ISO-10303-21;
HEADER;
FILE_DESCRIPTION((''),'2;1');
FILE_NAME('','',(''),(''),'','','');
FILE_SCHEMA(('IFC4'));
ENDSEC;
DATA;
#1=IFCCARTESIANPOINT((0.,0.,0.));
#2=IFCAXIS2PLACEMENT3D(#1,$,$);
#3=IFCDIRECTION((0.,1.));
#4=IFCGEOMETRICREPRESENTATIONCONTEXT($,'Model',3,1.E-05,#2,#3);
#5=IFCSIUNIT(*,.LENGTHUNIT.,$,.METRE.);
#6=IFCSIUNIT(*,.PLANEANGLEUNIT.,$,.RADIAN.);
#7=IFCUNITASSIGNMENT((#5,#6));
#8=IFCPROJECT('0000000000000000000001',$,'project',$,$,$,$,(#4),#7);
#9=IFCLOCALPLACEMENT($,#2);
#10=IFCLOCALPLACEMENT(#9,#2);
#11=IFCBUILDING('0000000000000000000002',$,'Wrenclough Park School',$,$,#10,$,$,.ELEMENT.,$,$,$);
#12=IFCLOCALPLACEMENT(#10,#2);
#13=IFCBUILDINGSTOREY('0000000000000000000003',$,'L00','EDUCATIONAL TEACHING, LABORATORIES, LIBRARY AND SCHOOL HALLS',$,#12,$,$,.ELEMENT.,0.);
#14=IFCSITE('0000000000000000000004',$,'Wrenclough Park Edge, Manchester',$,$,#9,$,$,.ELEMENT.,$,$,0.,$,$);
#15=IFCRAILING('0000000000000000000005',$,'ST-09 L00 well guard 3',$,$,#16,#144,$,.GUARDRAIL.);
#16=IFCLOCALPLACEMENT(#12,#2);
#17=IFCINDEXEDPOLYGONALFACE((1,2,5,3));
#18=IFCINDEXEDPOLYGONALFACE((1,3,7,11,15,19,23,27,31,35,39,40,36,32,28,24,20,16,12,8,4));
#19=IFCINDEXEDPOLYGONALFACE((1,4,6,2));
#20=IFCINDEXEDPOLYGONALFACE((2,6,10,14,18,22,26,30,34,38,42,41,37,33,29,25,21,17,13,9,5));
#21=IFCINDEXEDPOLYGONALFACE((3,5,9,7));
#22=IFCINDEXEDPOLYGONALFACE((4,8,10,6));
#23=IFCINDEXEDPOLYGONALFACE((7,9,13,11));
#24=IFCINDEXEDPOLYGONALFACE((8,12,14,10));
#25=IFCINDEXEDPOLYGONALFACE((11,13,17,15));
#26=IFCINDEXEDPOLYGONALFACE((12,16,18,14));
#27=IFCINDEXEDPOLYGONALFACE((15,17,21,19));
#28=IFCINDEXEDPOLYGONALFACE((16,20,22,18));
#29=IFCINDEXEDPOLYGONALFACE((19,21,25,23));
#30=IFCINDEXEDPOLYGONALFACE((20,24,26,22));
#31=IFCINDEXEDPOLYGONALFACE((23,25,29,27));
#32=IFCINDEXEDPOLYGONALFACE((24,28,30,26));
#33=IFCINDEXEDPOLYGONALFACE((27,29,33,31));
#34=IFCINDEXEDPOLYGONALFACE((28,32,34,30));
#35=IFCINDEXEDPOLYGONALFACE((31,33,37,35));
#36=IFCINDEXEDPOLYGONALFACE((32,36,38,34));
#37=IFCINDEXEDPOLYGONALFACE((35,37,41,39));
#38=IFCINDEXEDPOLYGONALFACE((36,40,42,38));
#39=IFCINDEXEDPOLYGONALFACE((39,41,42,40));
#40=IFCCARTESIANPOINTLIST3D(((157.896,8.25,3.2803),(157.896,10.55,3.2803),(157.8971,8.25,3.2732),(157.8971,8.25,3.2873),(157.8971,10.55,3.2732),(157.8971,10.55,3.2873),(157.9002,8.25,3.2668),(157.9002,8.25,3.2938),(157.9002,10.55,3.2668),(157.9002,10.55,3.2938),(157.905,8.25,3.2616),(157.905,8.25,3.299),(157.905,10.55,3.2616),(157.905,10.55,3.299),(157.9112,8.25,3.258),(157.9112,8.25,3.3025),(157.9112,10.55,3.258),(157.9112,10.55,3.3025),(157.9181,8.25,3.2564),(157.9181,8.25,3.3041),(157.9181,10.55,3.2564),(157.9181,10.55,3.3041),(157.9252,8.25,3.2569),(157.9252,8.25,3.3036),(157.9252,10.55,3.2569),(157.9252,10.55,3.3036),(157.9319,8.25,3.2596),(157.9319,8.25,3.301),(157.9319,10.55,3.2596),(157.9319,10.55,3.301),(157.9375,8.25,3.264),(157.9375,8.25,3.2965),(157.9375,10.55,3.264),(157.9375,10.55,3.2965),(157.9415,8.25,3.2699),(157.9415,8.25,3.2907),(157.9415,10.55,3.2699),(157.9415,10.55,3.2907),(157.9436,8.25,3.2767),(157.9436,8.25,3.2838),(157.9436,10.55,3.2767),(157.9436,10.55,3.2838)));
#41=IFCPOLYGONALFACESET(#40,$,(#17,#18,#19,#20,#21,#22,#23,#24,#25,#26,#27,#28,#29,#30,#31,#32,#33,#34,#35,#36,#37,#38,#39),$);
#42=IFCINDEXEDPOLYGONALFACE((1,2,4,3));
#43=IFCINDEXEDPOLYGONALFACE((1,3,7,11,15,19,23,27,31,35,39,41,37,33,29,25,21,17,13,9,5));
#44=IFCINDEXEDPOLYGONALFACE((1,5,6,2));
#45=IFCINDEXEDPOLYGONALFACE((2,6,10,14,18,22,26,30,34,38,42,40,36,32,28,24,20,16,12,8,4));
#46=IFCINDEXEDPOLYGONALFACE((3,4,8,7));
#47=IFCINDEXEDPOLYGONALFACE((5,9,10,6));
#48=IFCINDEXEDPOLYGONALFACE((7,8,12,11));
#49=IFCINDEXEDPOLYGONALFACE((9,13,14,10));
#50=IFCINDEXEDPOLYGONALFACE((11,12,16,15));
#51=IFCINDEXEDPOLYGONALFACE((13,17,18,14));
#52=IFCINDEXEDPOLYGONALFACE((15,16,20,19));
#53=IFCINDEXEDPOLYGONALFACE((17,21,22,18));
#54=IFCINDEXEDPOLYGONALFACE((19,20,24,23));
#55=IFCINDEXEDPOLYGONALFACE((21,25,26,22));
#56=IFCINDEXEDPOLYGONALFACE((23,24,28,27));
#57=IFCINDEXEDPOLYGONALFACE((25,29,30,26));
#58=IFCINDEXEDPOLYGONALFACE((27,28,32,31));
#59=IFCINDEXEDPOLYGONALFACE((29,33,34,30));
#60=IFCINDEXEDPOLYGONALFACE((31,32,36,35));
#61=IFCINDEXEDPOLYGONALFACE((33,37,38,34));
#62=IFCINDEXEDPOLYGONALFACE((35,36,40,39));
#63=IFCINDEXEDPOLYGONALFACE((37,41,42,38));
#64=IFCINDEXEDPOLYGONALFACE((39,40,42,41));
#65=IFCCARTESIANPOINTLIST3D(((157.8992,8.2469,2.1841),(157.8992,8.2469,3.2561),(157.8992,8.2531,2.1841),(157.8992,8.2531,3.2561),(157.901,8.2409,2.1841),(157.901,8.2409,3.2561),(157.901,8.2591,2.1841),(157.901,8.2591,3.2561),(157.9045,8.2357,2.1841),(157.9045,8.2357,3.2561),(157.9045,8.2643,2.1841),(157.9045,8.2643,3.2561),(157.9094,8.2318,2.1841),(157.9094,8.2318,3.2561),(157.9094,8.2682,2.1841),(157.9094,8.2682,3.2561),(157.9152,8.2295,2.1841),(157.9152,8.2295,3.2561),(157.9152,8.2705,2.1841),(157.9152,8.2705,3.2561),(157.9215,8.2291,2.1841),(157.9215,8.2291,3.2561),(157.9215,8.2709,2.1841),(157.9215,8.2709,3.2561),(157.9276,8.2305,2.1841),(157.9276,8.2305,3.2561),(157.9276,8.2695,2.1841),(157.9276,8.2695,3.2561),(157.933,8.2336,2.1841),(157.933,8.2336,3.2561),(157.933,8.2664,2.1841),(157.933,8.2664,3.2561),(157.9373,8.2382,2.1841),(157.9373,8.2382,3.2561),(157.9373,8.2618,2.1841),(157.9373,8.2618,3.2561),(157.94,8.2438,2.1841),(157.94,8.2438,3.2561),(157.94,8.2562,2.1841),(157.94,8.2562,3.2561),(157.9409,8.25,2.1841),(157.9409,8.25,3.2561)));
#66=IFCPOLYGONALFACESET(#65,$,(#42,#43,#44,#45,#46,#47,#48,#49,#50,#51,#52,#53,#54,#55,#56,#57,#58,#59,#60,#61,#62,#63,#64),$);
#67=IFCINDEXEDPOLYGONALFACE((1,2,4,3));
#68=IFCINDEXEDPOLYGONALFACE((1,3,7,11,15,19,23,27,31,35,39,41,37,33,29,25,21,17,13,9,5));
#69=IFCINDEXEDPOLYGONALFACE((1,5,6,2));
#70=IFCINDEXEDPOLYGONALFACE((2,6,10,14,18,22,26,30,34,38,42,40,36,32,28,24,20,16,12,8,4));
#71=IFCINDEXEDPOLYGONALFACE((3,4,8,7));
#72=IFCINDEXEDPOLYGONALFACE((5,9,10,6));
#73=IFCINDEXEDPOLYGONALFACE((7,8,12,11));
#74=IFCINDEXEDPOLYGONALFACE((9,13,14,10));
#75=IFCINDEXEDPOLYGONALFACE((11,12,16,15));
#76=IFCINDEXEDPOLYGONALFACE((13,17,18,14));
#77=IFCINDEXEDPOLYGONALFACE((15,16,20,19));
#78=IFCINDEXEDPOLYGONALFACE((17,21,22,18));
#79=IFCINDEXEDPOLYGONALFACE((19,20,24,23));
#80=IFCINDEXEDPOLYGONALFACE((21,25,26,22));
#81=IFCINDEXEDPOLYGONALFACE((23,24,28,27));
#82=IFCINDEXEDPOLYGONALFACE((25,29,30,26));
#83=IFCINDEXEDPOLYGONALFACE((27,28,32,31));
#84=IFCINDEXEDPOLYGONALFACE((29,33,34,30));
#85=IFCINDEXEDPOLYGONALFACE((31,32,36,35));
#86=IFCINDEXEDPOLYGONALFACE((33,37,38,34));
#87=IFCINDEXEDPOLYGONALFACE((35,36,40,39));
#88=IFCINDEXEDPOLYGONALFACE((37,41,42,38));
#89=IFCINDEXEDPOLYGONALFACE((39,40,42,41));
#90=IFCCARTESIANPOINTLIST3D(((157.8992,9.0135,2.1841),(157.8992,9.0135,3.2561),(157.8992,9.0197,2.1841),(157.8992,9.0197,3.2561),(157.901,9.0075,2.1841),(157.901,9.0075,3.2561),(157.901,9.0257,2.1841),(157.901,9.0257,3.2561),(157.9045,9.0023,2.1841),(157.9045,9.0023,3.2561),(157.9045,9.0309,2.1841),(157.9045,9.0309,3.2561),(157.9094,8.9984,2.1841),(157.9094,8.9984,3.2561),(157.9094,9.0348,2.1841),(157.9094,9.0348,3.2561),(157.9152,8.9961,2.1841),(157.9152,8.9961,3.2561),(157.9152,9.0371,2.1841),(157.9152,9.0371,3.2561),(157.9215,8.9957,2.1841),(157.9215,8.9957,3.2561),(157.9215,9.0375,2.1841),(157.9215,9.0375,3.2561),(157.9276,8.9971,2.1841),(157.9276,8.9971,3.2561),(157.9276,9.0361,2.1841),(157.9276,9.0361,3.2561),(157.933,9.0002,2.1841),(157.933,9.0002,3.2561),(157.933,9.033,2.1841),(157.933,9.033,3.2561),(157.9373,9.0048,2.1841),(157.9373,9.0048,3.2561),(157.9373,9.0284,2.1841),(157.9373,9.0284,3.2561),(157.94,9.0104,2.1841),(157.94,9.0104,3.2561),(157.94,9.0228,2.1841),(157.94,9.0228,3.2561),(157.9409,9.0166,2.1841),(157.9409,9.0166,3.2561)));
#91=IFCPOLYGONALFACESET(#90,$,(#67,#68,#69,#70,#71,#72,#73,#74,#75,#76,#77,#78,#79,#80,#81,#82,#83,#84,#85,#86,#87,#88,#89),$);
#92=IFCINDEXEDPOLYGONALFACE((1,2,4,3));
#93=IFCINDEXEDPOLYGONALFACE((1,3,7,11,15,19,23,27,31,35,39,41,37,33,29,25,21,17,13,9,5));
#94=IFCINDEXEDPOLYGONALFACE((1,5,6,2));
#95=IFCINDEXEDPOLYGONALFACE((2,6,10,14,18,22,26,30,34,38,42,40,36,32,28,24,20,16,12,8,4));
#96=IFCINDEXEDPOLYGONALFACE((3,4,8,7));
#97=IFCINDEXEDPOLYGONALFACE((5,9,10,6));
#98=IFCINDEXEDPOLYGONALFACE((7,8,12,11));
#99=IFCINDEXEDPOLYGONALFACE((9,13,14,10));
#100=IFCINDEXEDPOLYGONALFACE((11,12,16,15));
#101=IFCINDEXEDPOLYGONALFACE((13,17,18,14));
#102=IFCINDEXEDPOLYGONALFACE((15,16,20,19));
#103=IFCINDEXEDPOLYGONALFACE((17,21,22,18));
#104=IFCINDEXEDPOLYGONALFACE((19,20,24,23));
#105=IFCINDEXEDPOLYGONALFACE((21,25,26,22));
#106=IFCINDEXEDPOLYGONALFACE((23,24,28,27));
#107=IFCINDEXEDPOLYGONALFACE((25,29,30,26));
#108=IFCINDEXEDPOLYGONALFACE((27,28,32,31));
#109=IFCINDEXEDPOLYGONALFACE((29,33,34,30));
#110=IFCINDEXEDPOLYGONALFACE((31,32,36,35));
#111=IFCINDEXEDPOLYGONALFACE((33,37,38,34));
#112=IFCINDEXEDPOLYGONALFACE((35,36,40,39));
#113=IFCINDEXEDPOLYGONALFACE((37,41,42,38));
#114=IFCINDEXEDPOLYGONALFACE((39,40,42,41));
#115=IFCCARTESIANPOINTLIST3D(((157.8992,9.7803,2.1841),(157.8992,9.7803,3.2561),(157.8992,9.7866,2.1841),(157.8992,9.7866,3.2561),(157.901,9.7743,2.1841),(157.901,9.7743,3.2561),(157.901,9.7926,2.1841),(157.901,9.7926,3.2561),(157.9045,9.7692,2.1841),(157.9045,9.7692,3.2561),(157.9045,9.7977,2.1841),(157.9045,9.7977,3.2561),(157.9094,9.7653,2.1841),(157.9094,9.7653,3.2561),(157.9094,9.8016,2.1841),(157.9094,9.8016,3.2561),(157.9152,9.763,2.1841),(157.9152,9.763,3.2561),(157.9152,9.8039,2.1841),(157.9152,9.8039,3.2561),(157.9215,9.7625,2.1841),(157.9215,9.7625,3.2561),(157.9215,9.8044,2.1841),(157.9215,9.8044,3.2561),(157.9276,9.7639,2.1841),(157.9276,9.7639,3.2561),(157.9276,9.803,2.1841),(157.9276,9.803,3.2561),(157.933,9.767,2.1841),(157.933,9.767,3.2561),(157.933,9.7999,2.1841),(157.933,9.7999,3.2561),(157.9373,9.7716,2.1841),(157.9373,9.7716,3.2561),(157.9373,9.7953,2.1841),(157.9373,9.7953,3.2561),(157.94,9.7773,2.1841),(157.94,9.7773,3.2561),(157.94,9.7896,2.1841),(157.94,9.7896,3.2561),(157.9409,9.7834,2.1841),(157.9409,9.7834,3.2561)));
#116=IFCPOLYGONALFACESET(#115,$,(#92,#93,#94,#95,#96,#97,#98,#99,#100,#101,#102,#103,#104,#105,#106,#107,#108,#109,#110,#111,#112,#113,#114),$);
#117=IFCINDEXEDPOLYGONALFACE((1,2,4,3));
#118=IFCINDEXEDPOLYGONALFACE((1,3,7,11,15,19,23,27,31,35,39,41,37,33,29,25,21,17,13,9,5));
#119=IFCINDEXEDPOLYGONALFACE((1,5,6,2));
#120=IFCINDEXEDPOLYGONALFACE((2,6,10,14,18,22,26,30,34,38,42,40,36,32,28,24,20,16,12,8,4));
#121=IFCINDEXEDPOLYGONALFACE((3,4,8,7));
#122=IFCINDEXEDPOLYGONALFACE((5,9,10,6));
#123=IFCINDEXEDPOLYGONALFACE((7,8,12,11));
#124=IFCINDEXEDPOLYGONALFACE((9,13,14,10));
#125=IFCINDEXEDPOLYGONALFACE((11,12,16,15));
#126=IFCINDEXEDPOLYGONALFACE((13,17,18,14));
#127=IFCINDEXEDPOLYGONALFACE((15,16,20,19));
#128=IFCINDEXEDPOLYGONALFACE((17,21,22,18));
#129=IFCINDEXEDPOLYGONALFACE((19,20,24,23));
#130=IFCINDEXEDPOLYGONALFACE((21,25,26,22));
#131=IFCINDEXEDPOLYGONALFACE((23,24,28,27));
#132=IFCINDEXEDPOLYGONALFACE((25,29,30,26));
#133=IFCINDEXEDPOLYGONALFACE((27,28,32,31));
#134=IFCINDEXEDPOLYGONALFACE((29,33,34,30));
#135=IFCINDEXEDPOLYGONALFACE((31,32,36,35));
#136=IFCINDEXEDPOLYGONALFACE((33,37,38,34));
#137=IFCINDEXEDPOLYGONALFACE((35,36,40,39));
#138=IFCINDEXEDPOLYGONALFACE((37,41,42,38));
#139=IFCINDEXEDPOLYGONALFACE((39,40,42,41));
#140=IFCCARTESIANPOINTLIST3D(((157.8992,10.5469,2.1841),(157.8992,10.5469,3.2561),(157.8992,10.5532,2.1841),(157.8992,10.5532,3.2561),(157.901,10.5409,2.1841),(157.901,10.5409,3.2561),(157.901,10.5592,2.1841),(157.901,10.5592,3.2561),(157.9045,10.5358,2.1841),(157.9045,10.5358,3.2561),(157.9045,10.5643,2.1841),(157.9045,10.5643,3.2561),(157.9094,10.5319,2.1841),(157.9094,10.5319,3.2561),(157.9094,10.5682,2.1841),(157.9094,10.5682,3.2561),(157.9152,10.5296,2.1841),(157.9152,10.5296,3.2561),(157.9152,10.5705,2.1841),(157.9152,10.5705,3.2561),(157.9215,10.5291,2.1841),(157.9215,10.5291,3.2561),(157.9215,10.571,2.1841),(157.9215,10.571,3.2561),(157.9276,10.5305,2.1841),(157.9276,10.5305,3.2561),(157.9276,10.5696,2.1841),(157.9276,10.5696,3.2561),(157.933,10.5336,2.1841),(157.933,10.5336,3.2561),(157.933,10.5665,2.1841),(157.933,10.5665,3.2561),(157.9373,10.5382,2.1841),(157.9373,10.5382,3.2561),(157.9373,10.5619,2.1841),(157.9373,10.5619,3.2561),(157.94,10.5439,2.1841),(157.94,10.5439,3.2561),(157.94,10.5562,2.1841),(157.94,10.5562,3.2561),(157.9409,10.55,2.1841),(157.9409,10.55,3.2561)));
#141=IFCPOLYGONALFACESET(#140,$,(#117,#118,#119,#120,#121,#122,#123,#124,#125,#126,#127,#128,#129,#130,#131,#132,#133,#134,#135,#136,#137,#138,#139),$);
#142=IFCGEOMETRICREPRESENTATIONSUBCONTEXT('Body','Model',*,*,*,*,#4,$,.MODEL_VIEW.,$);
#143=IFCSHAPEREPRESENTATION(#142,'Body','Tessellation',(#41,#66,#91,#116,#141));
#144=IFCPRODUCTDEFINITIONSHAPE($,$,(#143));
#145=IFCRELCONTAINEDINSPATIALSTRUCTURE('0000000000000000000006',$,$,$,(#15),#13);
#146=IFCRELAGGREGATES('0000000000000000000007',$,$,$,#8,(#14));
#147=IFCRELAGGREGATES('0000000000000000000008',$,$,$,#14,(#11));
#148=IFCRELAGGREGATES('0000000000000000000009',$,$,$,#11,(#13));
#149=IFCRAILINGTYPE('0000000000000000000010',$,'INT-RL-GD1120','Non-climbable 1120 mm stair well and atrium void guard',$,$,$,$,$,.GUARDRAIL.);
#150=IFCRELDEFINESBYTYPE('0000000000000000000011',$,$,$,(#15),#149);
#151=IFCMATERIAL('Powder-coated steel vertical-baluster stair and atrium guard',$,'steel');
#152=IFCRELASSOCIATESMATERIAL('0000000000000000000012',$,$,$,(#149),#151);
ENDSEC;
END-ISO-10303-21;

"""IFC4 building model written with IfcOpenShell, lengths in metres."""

from ifc_helpers import new_model, si_unit, direction, frame, origin, origin_2d, place, context, subcontext, project, spatial, circle, extrude, material, type_object, element, save


model = new_model("IFC4")

# Units and contexts
model_context = context("Model", 3, precision=1e-05, world=origin(), true_north=direction((0.0, 1.0)))
body_context = subcontext(model_context, "Body", "Model", "MODEL_VIEW")
ifc_project = project(units=[si_unit("LENGTHUNIT", "METRE"), si_unit("PLANEANGLEUNIT", "RADIAN")], contexts=[model_context])

# Site, building, storey
site_placement = place(None, origin())
site = spatial("IfcSite", under=ifc_project, at=site_placement, Name="Wrenclough Park Edge, Manchester", CompositionType="ELEMENT", RefElevation=0.0)
building_placement = place(site_placement, origin())
building = spatial("IfcBuilding", under=site, at=building_placement, Name="Wrenclough Park School", CompositionType="ELEMENT")
storey_placement = place(building_placement, origin())
storey = spatial("IfcBuildingStorey", under=building, at=storey_placement, Name="L00", Description="EDUCATIONAL TEACHING, LABORATORIES, LIBRARY AND SCHOOL HALLS", CompositionType="ELEMENT", Elevation=0.0)

# Railing
ifc_material_1 = material(Name="Powder-coated steel vertical-baluster stair and atrium guard", Category="steel")
railing_type_1 = type_object("IfcRailingType", Name="INT-RL-GD1120", Description="Non-climbable 1120 mm stair well and atrium void guard", PredefinedType="GUARDRAIL", material=ifc_material_1)
railing_1_placement = place(storey_placement, frame((157.9199, 8.25, 2.1841)))
element("IfcRailing", 1, at=railing_1_placement, inside=storey, type_object=railing_type_1, Name="ST-09 L00 well guard 3", PredefinedType="GUARDRAIL", context=body_context, shape_type="SweptSolid", body=[
    extrude(circle(Radius=0.0239, at=origin_2d()), frame((0.0, 0.0, 1.0962), z_axis=(0.0, 1.0, 0.0), x_axis=(-1.0, 0.0, 0.0)), (0.0, 0.0, 1.0), 2.3),
    extrude(circle(Radius=0.021, at=origin_2d()), origin(), (0.0, 0.0, 1.0), 1.072),
    extrude(circle(Radius=0.021, at=origin_2d()), frame((0.0, 0.7666, 0.0)), (0.0, 0.0, 1.0), 1.072),
    extrude(circle(Radius=0.021, at=origin_2d()), frame((0.0, 1.5334, 0.0)), (0.0, 0.0, 1.0), 1.072),
    extrude(circle(Radius=0.021, at=origin_2d()), frame((0.0, 2.3, 0.0)), (0.0, 0.0, 1.0), 1.072),
])

save(model, "model.ifc")
